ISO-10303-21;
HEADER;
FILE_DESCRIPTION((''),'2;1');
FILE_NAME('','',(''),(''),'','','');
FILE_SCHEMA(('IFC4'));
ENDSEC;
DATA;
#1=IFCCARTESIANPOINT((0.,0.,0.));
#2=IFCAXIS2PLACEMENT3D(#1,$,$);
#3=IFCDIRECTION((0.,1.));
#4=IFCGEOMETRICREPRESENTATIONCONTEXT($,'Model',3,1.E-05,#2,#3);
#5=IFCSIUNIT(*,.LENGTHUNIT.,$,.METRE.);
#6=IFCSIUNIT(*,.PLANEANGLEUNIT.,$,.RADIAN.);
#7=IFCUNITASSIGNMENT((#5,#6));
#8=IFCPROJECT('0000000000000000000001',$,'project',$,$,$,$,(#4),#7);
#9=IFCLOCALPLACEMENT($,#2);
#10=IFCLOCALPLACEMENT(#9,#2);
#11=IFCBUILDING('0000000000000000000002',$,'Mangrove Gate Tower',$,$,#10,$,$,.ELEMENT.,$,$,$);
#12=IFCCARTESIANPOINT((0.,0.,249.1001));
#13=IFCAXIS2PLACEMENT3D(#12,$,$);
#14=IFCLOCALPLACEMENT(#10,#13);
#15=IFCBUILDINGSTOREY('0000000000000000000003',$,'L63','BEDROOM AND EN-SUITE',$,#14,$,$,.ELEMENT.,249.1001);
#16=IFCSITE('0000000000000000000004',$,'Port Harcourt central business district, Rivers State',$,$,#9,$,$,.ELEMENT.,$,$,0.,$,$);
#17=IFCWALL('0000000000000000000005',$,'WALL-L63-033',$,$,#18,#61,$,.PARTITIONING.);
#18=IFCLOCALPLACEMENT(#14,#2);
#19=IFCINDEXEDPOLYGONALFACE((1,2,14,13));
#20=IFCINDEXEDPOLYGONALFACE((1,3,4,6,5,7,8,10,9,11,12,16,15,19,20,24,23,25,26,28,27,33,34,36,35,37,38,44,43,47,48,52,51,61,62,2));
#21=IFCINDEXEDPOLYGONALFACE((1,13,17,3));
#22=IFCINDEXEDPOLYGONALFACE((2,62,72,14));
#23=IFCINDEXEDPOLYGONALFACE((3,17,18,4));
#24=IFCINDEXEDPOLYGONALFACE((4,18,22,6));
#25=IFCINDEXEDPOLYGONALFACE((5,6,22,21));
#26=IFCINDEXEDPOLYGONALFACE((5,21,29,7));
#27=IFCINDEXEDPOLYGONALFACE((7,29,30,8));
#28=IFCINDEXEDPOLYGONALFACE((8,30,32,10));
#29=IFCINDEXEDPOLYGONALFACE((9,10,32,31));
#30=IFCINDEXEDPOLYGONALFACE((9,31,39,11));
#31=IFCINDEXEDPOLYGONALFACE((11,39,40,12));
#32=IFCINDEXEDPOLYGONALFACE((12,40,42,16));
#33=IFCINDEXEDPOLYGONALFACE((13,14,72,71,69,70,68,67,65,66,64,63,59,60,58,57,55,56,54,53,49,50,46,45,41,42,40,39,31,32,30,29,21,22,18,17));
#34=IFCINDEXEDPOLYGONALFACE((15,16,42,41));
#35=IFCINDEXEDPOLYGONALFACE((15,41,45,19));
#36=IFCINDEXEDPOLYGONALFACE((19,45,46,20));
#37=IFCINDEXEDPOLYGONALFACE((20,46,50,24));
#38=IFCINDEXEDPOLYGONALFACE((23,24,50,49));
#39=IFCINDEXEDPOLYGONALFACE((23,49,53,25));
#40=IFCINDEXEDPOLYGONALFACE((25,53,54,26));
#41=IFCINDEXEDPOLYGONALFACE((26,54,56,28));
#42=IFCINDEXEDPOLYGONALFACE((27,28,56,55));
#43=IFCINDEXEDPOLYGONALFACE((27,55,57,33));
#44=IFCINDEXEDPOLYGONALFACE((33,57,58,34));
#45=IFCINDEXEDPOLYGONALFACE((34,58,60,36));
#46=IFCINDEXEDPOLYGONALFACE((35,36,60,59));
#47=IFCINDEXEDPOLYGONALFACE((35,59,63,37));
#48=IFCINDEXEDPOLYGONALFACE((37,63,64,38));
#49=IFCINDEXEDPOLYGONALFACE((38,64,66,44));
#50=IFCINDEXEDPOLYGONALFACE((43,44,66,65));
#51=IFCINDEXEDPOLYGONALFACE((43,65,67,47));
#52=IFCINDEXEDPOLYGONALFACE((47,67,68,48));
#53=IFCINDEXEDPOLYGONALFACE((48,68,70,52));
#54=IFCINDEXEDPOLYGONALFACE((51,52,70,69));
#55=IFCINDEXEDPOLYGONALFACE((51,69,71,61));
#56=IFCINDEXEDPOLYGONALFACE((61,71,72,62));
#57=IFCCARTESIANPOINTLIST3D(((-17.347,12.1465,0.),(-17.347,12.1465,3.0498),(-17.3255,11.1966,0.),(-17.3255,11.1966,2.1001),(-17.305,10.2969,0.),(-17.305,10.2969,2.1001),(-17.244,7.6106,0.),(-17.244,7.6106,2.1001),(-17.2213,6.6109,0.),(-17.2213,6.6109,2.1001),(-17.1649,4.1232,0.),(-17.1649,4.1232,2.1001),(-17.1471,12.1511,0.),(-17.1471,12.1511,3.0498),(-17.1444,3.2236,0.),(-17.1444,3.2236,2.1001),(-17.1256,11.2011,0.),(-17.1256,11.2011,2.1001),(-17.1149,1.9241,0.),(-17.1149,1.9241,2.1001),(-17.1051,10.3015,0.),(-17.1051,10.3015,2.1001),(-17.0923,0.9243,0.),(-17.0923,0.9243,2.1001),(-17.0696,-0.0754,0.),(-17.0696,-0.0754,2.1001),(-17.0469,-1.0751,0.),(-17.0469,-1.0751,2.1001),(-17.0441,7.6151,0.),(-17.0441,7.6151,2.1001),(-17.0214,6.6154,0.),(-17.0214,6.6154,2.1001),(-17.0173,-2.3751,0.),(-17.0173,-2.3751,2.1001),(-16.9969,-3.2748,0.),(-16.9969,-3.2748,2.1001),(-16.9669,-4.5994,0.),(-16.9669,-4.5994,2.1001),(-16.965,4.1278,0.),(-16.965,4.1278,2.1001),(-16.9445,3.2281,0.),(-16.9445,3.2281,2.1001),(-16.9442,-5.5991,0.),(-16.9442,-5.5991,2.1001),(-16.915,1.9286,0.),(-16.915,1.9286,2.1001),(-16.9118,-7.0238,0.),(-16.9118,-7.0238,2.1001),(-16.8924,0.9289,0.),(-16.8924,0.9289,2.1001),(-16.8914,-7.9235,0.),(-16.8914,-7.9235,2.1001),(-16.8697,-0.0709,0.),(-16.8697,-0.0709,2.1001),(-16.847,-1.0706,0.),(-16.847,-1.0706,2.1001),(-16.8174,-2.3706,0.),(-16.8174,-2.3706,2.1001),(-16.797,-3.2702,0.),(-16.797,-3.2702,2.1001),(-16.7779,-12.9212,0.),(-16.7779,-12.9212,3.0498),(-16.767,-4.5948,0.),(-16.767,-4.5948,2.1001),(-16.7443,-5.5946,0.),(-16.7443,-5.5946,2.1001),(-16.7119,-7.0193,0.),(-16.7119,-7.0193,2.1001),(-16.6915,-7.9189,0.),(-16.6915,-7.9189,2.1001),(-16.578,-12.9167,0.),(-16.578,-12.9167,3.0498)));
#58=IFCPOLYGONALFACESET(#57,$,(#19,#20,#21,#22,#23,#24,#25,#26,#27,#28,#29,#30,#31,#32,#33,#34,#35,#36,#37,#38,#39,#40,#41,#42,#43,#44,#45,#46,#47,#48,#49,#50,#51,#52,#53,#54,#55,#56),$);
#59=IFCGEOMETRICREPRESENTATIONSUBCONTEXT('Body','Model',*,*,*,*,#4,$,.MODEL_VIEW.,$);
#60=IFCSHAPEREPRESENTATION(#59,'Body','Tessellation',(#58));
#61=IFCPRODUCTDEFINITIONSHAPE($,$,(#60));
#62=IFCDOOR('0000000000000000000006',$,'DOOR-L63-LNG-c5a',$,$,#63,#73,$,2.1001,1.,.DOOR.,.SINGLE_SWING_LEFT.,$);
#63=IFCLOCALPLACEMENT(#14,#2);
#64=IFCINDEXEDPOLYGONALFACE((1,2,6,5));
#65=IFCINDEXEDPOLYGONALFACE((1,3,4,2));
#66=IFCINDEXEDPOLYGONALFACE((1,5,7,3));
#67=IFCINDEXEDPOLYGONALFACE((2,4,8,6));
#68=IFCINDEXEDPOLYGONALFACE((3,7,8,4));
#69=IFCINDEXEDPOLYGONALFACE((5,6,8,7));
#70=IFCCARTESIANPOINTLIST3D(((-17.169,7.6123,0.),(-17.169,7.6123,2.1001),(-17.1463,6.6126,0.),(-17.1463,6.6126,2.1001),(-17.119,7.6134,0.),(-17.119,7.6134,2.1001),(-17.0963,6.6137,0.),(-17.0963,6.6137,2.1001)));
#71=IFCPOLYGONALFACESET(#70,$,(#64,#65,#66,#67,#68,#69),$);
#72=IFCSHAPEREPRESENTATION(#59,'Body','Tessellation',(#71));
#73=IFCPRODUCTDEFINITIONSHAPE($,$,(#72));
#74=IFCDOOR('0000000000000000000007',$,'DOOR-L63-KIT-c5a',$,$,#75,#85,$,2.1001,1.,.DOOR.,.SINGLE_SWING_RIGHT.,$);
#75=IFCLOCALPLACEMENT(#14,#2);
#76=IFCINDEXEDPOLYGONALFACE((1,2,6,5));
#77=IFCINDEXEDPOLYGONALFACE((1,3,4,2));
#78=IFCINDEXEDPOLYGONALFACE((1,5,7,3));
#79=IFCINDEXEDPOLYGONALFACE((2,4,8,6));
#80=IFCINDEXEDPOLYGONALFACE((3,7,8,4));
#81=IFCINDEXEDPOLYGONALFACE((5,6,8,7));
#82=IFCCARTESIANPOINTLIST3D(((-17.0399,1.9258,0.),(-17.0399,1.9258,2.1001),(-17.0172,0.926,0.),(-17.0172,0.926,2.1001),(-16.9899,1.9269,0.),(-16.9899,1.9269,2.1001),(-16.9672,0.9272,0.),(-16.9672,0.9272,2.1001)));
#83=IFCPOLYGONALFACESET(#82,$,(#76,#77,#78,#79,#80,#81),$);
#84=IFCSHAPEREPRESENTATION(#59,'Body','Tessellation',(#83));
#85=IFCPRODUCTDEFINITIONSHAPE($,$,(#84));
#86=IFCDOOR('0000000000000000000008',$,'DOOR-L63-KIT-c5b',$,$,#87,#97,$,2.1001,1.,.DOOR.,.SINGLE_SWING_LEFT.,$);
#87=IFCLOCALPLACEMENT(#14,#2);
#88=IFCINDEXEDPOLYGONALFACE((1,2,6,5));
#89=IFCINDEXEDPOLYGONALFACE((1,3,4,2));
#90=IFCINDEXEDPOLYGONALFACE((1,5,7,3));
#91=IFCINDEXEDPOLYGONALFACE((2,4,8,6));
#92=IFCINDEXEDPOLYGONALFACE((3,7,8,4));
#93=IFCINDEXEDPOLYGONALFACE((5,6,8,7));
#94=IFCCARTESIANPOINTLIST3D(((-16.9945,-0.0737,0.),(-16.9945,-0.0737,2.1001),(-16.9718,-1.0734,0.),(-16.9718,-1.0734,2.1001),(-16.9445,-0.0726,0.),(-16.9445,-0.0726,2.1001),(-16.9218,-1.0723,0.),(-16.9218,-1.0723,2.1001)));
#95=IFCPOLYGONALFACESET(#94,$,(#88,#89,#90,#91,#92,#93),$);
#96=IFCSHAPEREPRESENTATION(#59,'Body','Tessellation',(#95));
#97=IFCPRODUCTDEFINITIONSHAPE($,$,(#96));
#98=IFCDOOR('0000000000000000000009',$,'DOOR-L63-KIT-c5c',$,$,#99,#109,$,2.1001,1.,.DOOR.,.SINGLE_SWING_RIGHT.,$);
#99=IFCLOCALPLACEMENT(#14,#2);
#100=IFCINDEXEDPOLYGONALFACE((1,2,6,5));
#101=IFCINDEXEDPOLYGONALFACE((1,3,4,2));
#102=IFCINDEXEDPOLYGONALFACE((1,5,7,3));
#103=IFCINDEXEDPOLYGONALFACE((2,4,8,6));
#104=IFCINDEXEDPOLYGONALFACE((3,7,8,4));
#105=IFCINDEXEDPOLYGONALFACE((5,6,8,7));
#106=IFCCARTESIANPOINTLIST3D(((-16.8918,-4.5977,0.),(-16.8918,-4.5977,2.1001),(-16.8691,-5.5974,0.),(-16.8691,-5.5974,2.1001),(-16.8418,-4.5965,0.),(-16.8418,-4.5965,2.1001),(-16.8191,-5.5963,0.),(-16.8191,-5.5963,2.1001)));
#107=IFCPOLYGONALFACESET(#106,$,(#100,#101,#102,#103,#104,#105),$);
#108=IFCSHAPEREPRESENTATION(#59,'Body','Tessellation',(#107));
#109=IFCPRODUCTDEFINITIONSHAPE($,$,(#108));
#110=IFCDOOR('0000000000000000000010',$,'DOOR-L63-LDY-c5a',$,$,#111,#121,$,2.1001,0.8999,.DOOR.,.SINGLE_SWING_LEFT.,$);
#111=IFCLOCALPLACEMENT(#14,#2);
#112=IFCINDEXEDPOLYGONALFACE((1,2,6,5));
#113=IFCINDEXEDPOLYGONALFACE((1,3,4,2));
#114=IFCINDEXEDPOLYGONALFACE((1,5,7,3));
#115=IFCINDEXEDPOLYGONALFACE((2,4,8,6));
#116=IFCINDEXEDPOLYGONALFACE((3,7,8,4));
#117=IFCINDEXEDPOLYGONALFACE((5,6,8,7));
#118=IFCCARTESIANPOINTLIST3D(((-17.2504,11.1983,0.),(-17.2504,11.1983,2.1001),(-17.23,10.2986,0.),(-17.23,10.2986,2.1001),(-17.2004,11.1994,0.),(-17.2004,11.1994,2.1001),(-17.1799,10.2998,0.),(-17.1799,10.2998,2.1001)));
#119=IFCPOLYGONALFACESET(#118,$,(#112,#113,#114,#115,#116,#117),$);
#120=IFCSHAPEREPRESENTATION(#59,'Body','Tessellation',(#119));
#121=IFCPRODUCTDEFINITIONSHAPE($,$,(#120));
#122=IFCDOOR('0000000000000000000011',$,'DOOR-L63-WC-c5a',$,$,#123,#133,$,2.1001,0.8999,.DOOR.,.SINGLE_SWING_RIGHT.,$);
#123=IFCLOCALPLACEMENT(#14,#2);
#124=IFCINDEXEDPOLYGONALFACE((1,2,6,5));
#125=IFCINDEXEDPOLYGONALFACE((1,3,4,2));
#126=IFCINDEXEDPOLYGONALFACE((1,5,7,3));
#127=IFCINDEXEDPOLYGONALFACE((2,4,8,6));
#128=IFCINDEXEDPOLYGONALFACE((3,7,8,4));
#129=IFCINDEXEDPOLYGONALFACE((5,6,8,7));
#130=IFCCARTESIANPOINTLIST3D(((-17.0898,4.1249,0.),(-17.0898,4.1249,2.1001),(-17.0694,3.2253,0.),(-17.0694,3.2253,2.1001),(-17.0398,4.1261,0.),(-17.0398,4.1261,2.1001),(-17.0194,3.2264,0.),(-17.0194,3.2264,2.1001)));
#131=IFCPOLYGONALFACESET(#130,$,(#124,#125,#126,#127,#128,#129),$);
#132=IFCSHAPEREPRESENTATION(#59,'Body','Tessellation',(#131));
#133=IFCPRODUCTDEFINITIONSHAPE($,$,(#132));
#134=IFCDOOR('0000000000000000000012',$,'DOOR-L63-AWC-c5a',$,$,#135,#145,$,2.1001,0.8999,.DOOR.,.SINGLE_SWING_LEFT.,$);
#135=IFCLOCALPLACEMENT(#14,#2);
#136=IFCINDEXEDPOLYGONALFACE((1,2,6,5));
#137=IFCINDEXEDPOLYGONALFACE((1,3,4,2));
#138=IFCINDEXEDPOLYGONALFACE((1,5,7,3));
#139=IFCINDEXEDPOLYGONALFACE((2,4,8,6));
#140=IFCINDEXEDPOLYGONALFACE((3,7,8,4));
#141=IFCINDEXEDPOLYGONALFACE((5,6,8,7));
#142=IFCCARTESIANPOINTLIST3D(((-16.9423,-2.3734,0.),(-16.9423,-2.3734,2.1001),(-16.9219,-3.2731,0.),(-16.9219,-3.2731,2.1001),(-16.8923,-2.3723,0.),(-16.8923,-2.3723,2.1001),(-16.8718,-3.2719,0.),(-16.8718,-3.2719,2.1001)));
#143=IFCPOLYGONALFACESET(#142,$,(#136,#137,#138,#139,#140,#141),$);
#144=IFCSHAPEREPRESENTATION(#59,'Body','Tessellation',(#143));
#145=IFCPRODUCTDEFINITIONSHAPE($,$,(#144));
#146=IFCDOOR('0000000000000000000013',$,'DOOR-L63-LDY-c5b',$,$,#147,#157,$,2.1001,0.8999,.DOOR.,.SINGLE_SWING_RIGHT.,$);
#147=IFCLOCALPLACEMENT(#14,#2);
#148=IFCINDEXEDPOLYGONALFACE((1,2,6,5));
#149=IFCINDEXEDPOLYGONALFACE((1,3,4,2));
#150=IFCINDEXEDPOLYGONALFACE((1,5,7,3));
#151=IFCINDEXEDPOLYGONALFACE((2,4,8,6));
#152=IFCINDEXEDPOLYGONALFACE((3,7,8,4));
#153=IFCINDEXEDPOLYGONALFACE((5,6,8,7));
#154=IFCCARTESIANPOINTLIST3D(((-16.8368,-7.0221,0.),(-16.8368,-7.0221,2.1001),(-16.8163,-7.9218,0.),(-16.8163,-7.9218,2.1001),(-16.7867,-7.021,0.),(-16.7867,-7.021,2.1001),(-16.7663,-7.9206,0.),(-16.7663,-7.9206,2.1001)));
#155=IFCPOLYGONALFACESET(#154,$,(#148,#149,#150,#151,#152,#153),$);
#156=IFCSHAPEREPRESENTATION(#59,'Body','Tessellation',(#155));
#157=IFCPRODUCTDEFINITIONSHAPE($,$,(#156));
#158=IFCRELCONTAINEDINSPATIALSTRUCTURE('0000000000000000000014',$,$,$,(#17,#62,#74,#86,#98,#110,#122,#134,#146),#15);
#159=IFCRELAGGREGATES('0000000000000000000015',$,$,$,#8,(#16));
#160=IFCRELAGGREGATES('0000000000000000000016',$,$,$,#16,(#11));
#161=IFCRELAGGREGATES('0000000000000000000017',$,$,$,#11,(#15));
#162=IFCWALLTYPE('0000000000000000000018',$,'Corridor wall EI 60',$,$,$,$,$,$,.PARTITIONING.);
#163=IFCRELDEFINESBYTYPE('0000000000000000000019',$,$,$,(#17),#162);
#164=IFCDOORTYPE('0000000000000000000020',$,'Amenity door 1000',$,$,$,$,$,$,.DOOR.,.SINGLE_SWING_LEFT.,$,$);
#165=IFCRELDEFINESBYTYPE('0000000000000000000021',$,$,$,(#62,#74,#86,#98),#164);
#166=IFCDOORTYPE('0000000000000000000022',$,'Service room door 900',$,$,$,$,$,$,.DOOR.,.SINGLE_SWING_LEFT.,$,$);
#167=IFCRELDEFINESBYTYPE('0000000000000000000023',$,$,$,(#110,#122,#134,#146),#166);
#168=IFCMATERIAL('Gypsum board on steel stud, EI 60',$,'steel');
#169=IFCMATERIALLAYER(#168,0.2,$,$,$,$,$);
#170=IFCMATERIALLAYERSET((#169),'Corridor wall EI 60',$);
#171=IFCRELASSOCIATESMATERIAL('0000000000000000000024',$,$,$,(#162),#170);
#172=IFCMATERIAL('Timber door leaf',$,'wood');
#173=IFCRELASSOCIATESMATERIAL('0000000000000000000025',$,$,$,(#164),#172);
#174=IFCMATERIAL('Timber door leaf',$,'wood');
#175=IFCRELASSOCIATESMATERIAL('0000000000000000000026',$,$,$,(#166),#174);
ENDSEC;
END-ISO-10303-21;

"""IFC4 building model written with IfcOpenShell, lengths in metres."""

from ifc_helpers import new_model, si_unit, direction, frame, frame_2d, origin, place, context, subcontext, project, spatial, rectangle, extrude, material, layer, layer_set, type_object, element, fill, save


model = new_model("IFC4")

# Units and contexts
model_context = context("Model", 3, precision=1e-05, world=origin(), true_north=direction((0.0, 1.0)))
body_context = subcontext(model_context, "Body", "Model", "MODEL_VIEW")
ifc_project = project(units=[si_unit("LENGTHUNIT", "METRE"), si_unit("PLANEANGLEUNIT", "RADIAN")], contexts=[model_context])

# Site, building, storey
site_placement = place(None, origin())
site = spatial("IfcSite", under=ifc_project, at=site_placement, Name="Port Harcourt central business district, Rivers State", CompositionType="ELEMENT", RefElevation=0.0)
building_placement = place(site_placement, origin())
building = spatial("IfcBuilding", under=site, at=building_placement, Name="Mangrove Gate Tower", CompositionType="ELEMENT")
storey_placement = place(building_placement, frame((0.0, 0.0, 249.1001)))
storey = spatial("IfcBuildingStorey", under=building, at=storey_placement, Name="L63", Description="BEDROOM AND EN-SUITE", CompositionType="ELEMENT", Elevation=249.1001)

# Wall, openings, doors
ifc_material_1 = material(Name="Gypsum board on steel stud, EI 60", Category="steel")
ifc_layer_1 = layer(ifc_material_1, 0.2)
ifc_layer_set_1 = layer_set([ifc_layer_1], Name="Corridor wall EI 60")
wall_type_1 = type_object("IfcWallType", Name="Corridor wall EI 60", PredefinedType="PARTITIONING", material=ifc_layer_set_1)
wall_1_placement = place(storey_placement, frame((-16.678, -12.9189, 0.0), z_axis=(0.0, 0.0, 1.0), x_axis=(-0.022696, 0.999742, 0.0)))
wall_1 = element("IfcWall", 1, at=wall_1_placement, inside=storey, type_object=wall_type_1, Name="WALL-L63-033", PredefinedType="PARTITIONING", context=body_context, shape_type="SweptSolid", body=[
    extrude(rectangle(XDim=25.0742, YDim=0.2, at=frame_2d((12.5371, 0.0))), origin(), (0.0, 0.0, 1.0), 3.0498),
])
opening_1_placement = place(wall_1_placement, frame((19.5371, 0.0, 0.0)))
opening_1 = element("IfcOpeningElement", 2, at=opening_1_placement, cuts=wall_1, PredefinedType="OPENING", context=body_context, shape_type="SweptSolid", body=[
    extrude(rectangle(XDim=1.0, YDim=2.1001, at=frame_2d((0.5, 1.05))), frame((0.0, 0.1099, 0.0), z_axis=(0.0, -1.0, 0.0), x_axis=(1.0, 0.0, 0.0)), (0.0, 0.0, 1.0), 0.22),
])
opening_2_placement = place(wall_1_placement, frame((23.2241, 0.0, 0.0)))
opening_2 = element("IfcOpeningElement", 3, at=opening_2_placement, cuts=wall_1, PredefinedType="OPENING", context=body_context, shape_type="SweptSolid", body=[
    extrude(rectangle(XDim=0.8999, YDim=2.1001, at=frame_2d((0.45, 1.05))), frame((0.0, 0.1099, 0.0), z_axis=(0.0, -1.0, 0.0), x_axis=(1.0, 0.0, 0.0)), (0.0, 0.0, 1.0), 0.22),
])
opening_3_placement = place(wall_1_placement, frame((13.8491, 0.0, 0.0)))
opening_3 = element("IfcOpeningElement", 4, at=opening_3_placement, cuts=wall_1, PredefinedType="OPENING", context=body_context, shape_type="SweptSolid", body=[
    extrude(rectangle(XDim=1.0, YDim=2.1001, at=frame_2d((0.5, 1.05))), frame((0.0, 0.1099, 0.0), z_axis=(0.0, -1.0, 0.0), x_axis=(1.0, 0.0, 0.0)), (0.0, 0.0, 1.0), 0.22),
])
opening_4_placement = place(wall_1_placement, frame((16.1489, 0.0, 0.0)))
opening_4 = element("IfcOpeningElement", 5, at=opening_4_placement, cuts=wall_1, PredefinedType="OPENING", context=body_context, shape_type="SweptSolid", body=[
    extrude(rectangle(XDim=0.8999, YDim=2.1001, at=frame_2d((0.45, 1.05))), frame((0.0, 0.1099, 0.0), z_axis=(0.0, -1.0, 0.0), x_axis=(1.0, 0.0, 0.0)), (0.0, 0.0, 1.0), 0.22),
])
opening_5_placement = place(wall_1_placement, frame((11.8491, 0.0, 0.0)))
opening_5 = element("IfcOpeningElement", 6, at=opening_5_placement, cuts=wall_1, PredefinedType="OPENING", context=body_context, shape_type="SweptSolid", body=[
    extrude(rectangle(XDim=1.0, YDim=2.1001, at=frame_2d((0.5, 1.05))), frame((0.0, 0.1099, 0.0), z_axis=(0.0, -1.0, 0.0), x_axis=(1.0, 0.0, 0.0)), (0.0, 0.0, 1.0), 0.22),
])
opening_6_placement = place(wall_1_placement, frame((9.6489, 0.0, 0.0)))
opening_6 = element("IfcOpeningElement", 7, at=opening_6_placement, cuts=wall_1, PredefinedType="OPENING", context=body_context, shape_type="SweptSolid", body=[
    extrude(rectangle(XDim=0.8999, YDim=2.1001, at=frame_2d((0.45, 1.05))), frame((0.0, 0.1099, 0.0), z_axis=(0.0, -1.0, 0.0), x_axis=(1.0, 0.0, 0.0)), (0.0, 0.0, 1.0), 0.22),
])
opening_7_placement = place(wall_1_placement, frame((7.324, 0.0, 0.0)))
opening_7 = element("IfcOpeningElement", 8, at=opening_7_placement, cuts=wall_1, PredefinedType="OPENING", context=body_context, shape_type="SweptSolid", body=[
    extrude(rectangle(XDim=1.0, YDim=2.1001, at=frame_2d((0.5, 1.05))), frame((0.0, 0.1099, 0.0), z_axis=(0.0, -1.0, 0.0), x_axis=(1.0, 0.0, 0.0)), (0.0, 0.0, 1.0), 0.22),
])
opening_8_placement = place(wall_1_placement, frame((4.999, 0.0, 0.0)))
opening_8 = element("IfcOpeningElement", 9, at=opening_8_placement, cuts=wall_1, PredefinedType="OPENING", context=body_context, shape_type="SweptSolid", body=[
    extrude(rectangle(XDim=0.8999, YDim=2.1001, at=frame_2d((0.45, 1.05))), frame((0.0, 0.1099, 0.0), z_axis=(0.0, -1.0, 0.0), x_axis=(1.0, 0.0, 0.0)), (0.0, 0.0, 1.0), 0.22),
])
ifc_material_2 = material(Name="Timber door leaf", Category="wood")
door_type_1 = type_object("IfcDoorType", Name="Amenity door 1000", OperationType="SINGLE_SWING_LEFT", PredefinedType="DOOR", material=ifc_material_2)
door_1_placement = place(opening_1_placement, origin())
door_1 = element("IfcDoor", 10, at=door_1_placement, inside=storey, type_object=door_type_1, Name="DOOR-L63-LNG-c5a", OperationType="SINGLE_SWING_LEFT", OverallHeight=2.1001, OverallWidth=1.0, PredefinedType="DOOR", context=body_context, shape_type="SweptSolid", body=[
    extrude(rectangle(XDim=1.0, YDim=2.1001, at=frame_2d((0.5, 1.05))), frame((0.0, 0.0249, 0.0), z_axis=(0.0, -1.0, 0.0), x_axis=(1.0, 0.0, 0.0)), (0.0, 0.0, 1.0), 0.05),
])
fill(opening_1, door_1)
door_2_placement = place(opening_3_placement, origin())
door_2 = element("IfcDoor", 11, at=door_2_placement, inside=storey, type_object=door_type_1, Name="DOOR-L63-KIT-c5a", OperationType="SINGLE_SWING_RIGHT", OverallHeight=2.1001, OverallWidth=1.0, PredefinedType="DOOR", context=body_context, shape_type="SweptSolid", body=[
    extrude(rectangle(XDim=1.0, YDim=2.1001, at=frame_2d((0.5, 1.05))), frame((0.0, 0.0249, 0.0), z_axis=(0.0, -1.0, 0.0), x_axis=(1.0, 0.0, 0.0)), (0.0, 0.0, 1.0), 0.05),
])
fill(opening_3, door_2)
door_3_placement = place(opening_5_placement, origin())
door_3 = element("IfcDoor", 12, at=door_3_placement, inside=storey, type_object=door_type_1, Name="DOOR-L63-KIT-c5b", OperationType="SINGLE_SWING_LEFT", OverallHeight=2.1001, OverallWidth=1.0, PredefinedType="DOOR", context=body_context, shape_type="SweptSolid", body=[
    extrude(rectangle(XDim=1.0, YDim=2.1001, at=frame_2d((0.5, 1.05))), frame((0.0, 0.0249, 0.0), z_axis=(0.0, -1.0, 0.0), x_axis=(1.0, 0.0, 0.0)), (0.0, 0.0, 1.0), 0.05),
])
fill(opening_5, door_3)
door_4_placement = place(opening_7_placement, origin())
door_4 = element("IfcDoor", 13, at=door_4_placement, inside=storey, type_object=door_type_1, Name="DOOR-L63-KIT-c5c", OperationType="SINGLE_SWING_RIGHT", OverallHeight=2.1001, OverallWidth=1.0, PredefinedType="DOOR", context=body_context, shape_type="SweptSolid", body=[
    extrude(rectangle(XDim=1.0, YDim=2.1001, at=frame_2d((0.5, 1.05))), frame((0.0, 0.0249, 0.0), z_axis=(0.0, -1.0, 0.0), x_axis=(1.0, 0.0, 0.0)), (0.0, 0.0, 1.0), 0.05),
])
fill(opening_7, door_4)
ifc_material_3 = material(Name="Timber door leaf", Category="wood")
door_type_2 = type_object("IfcDoorType", Name="Service room door 900", OperationType="SINGLE_SWING_LEFT", PredefinedType="DOOR", material=ifc_material_3)
door_5_placement = place(opening_2_placement, origin())
door_5 = element("IfcDoor", 14, at=door_5_placement, inside=storey, type_object=door_type_2, Name="DOOR-L63-LDY-c5a", OperationType="SINGLE_SWING_LEFT", OverallHeight=2.1001, OverallWidth=0.8999, PredefinedType="DOOR", context=body_context, shape_type="SweptSolid", body=[
    extrude(rectangle(XDim=0.8999, YDim=2.1001, at=frame_2d((0.45, 1.05))), frame((0.0, 0.0249, 0.0), z_axis=(0.0, -1.0, 0.0), x_axis=(1.0, 0.0, 0.0)), (0.0, 0.0, 1.0), 0.05),
])
fill(opening_2, door_5)
door_6_placement = place(opening_4_placement, origin())
door_6 = element("IfcDoor", 15, at=door_6_placement, inside=storey, type_object=door_type_2, Name="DOOR-L63-WC-c5a", OperationType="SINGLE_SWING_RIGHT", OverallHeight=2.1001, OverallWidth=0.8999, PredefinedType="DOOR", context=body_context, shape_type="SweptSolid", body=[
    extrude(rectangle(XDim=0.8999, YDim=2.1001, at=frame_2d((0.45, 1.05))), frame((0.0, 0.0249, 0.0), z_axis=(0.0, -1.0, 0.0), x_axis=(1.0, 0.0, 0.0)), (0.0, 0.0, 1.0), 0.05),
])
fill(opening_4, door_6)
door_7_placement = place(opening_6_placement, origin())
door_7 = element("IfcDoor", 16, at=door_7_placement, inside=storey, type_object=door_type_2, Name="DOOR-L63-AWC-c5a", OperationType="SINGLE_SWING_LEFT", OverallHeight=2.1001, OverallWidth=0.8999, PredefinedType="DOOR", context=body_context, shape_type="SweptSolid", body=[
    extrude(rectangle(XDim=0.8999, YDim=2.1001, at=frame_2d((0.45, 1.05))), frame((0.0, 0.0249, 0.0), z_axis=(0.0, -1.0, 0.0), x_axis=(1.0, 0.0, 0.0)), (0.0, 0.0, 1.0), 0.05),
])
fill(opening_6, door_7)
door_8_placement = place(opening_8_placement, origin())
door_8 = element("IfcDoor", 17, at=door_8_placement, inside=storey, type_object=door_type_2, Name="DOOR-L63-LDY-c5b", OperationType="SINGLE_SWING_RIGHT", OverallHeight=2.1001, OverallWidth=0.8999, PredefinedType="DOOR", context=body_context, shape_type="SweptSolid", body=[
    extrude(rectangle(XDim=0.8999, YDim=2.1001, at=frame_2d((0.45, 1.05))), frame((0.0, 0.0249, 0.0), z_axis=(0.0, -1.0, 0.0), x_axis=(1.0, 0.0, 0.0)), (0.0, 0.0, 1.0), 0.05),
])
fill(opening_8, door_8)

save(model, "model.ifc")
